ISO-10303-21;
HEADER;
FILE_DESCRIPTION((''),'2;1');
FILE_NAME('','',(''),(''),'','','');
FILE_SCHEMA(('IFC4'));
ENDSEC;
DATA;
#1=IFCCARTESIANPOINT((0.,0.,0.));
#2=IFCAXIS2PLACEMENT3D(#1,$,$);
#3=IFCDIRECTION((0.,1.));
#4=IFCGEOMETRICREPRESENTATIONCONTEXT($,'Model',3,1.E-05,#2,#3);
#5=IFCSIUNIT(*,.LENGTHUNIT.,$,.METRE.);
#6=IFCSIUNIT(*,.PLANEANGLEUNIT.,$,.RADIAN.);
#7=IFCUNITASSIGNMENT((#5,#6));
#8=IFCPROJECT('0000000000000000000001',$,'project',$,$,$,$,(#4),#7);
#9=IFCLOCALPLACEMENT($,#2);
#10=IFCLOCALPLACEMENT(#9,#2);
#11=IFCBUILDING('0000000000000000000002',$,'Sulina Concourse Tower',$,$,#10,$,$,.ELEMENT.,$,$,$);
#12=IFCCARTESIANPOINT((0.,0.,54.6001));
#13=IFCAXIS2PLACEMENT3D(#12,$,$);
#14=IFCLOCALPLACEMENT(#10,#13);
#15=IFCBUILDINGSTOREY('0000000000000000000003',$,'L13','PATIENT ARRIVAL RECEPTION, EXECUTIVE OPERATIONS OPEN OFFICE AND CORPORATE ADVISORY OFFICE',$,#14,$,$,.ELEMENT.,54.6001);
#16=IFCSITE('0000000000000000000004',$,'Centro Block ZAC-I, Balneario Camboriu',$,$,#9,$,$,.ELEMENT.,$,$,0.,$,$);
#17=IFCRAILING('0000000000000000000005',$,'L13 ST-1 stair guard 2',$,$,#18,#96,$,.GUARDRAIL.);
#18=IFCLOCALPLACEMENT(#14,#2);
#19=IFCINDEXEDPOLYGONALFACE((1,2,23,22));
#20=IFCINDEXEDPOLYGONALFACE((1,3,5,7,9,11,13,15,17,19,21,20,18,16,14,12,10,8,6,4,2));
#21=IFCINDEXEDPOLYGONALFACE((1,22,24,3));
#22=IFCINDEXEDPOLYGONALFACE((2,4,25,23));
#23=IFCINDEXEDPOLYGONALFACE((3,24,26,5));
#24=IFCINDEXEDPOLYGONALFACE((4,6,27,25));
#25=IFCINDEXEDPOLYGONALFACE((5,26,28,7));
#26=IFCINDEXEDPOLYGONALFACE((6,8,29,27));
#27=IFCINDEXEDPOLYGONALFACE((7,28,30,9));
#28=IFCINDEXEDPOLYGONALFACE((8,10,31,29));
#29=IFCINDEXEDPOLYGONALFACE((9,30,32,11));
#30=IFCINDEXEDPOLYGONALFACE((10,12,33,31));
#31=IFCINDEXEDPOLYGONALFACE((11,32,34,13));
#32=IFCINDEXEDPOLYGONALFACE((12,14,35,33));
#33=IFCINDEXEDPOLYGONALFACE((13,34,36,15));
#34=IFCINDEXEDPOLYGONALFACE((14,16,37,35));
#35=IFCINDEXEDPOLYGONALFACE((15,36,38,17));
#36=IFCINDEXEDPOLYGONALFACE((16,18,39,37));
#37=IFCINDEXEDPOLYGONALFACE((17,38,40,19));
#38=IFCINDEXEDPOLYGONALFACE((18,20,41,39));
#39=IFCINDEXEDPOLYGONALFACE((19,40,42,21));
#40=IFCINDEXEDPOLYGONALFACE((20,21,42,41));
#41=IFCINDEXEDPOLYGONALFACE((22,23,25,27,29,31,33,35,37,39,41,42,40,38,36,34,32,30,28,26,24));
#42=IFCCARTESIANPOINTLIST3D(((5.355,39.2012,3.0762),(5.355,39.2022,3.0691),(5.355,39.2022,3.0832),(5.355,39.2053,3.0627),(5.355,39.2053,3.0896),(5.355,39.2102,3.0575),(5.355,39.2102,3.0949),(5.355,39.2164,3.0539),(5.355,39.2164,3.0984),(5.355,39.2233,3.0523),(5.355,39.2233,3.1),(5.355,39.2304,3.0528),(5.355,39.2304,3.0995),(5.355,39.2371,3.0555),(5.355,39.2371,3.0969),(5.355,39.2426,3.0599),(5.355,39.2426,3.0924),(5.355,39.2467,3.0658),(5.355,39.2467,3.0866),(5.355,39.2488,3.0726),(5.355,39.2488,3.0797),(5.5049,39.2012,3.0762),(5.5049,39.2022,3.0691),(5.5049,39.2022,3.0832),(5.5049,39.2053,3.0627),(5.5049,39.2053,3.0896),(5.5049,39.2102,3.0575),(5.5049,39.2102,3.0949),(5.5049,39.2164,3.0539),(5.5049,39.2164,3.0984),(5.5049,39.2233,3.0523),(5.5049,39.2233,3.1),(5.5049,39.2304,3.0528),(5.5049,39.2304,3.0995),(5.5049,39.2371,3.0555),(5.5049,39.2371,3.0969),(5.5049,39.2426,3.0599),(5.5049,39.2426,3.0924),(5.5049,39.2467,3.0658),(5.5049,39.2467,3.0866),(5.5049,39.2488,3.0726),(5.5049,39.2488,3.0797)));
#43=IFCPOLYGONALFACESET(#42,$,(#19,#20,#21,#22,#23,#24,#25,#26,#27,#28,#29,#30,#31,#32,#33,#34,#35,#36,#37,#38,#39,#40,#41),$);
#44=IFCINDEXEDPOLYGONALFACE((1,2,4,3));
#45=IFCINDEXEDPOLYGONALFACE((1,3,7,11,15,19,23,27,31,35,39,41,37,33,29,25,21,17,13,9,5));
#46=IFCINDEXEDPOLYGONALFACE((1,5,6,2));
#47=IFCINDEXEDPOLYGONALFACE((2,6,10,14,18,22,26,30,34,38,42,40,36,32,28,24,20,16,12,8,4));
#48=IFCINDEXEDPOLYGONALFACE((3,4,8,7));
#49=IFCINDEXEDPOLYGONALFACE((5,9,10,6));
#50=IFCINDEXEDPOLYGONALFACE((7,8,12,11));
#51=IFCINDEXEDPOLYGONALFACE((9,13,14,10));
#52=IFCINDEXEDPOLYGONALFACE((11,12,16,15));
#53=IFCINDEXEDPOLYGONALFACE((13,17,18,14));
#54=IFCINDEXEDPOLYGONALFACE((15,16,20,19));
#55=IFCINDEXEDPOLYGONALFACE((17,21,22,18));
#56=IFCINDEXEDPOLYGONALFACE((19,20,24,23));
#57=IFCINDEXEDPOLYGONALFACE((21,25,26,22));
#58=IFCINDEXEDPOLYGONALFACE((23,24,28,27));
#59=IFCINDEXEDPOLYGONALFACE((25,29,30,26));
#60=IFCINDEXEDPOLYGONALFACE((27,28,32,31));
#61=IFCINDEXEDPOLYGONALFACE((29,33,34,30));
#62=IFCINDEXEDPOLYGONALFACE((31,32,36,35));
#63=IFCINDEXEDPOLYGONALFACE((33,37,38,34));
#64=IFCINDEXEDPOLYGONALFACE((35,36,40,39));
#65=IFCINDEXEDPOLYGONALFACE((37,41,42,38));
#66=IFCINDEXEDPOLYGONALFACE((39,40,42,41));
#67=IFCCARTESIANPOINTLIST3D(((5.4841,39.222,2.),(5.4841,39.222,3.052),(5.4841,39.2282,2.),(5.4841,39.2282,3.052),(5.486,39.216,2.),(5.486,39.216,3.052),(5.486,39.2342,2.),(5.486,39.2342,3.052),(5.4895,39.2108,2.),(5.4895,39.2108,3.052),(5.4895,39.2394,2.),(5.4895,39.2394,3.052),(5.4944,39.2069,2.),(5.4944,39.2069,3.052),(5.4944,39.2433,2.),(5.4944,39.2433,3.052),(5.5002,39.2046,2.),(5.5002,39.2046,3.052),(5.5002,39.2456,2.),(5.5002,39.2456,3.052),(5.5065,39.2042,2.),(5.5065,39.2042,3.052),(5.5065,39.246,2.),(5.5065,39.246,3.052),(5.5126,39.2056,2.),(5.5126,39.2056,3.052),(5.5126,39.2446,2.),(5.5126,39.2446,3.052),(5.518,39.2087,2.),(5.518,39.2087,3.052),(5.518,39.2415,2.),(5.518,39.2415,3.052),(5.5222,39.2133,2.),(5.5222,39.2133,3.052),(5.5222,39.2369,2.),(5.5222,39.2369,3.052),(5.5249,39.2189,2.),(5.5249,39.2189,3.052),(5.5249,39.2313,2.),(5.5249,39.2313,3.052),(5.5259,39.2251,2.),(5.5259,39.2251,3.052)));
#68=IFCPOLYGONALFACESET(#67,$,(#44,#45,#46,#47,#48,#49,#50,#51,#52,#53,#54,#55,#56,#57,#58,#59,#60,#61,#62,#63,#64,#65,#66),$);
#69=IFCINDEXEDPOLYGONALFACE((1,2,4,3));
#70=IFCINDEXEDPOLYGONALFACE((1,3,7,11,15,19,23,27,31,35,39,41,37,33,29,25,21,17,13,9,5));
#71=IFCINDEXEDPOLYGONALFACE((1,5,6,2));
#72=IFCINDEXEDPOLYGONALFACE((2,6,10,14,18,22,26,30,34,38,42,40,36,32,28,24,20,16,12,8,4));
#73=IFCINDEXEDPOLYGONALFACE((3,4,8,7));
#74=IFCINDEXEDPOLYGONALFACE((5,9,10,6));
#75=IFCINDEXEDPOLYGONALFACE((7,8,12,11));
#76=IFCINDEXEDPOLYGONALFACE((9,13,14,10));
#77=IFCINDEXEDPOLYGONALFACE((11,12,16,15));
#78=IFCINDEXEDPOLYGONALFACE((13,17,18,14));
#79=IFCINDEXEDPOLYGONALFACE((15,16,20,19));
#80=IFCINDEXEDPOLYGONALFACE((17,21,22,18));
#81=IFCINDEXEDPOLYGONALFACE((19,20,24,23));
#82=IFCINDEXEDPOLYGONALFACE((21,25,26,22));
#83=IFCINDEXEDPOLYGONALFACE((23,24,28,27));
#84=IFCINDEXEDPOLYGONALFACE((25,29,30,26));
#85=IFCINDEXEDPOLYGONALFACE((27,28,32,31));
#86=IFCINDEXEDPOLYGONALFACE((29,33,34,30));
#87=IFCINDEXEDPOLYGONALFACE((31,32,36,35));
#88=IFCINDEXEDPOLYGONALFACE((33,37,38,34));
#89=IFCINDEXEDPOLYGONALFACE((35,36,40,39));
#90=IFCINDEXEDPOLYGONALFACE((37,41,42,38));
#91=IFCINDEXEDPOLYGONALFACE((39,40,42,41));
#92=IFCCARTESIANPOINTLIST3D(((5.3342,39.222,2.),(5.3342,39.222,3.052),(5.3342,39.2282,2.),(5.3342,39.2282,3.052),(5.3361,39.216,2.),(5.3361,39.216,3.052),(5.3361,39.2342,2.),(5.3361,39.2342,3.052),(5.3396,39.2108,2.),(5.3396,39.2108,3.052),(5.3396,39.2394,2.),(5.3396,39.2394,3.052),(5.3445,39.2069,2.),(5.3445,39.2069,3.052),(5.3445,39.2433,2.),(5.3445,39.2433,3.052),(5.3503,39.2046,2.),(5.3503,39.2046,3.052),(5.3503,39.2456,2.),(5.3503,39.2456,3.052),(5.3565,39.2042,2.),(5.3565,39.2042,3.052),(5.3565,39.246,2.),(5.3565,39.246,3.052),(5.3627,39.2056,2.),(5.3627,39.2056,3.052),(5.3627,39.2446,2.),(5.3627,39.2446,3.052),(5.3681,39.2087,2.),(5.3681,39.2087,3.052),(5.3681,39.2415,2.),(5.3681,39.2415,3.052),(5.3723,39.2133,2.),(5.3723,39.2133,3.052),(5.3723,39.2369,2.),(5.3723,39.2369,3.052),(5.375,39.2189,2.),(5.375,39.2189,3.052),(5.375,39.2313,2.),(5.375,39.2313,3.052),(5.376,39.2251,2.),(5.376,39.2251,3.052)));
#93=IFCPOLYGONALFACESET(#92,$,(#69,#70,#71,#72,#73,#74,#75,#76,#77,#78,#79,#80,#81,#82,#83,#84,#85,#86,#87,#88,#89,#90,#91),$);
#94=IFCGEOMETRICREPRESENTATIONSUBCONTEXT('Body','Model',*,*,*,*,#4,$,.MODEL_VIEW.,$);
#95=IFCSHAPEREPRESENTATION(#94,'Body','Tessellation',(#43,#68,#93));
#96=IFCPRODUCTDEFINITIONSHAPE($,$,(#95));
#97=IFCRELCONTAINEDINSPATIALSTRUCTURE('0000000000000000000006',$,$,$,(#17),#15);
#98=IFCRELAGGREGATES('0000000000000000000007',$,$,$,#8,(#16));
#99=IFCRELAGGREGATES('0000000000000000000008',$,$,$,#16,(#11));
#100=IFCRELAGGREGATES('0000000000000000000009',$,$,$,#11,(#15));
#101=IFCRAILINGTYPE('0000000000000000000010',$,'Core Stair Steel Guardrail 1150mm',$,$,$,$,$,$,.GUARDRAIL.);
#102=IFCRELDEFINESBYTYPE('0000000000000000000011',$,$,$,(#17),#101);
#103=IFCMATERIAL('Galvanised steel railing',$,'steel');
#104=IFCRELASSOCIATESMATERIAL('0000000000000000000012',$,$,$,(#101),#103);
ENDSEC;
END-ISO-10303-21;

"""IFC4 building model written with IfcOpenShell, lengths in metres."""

from ifc_helpers import new_model, si_unit, direction, frame, origin, origin_2d, place, context, subcontext, project, spatial, circle, extrude, material, type_object, element, save


model = new_model("IFC4")

# Units and contexts
model_context = context("Model", 3, precision=1e-05, world=origin(), true_north=direction((0.0, 1.0)))
body_context = subcontext(model_context, "Body", "Model", "MODEL_VIEW")
ifc_project = project(units=[si_unit("LENGTHUNIT", "METRE"), si_unit("PLANEANGLEUNIT", "RADIAN")], contexts=[model_context])

# Site, building, storey
site_placement = place(None, origin())
site = spatial("IfcSite", under=ifc_project, at=site_placement, Name="Centro Block ZAC-I, Balneario Camboriu", CompositionType="ELEMENT", RefElevation=0.0)
building_placement = place(site_placement, origin())
building = spatial("IfcBuilding", under=site, at=building_placement, Name="Sulina Concourse Tower", CompositionType="ELEMENT")
storey_placement = place(building_placement, frame((0.0, 0.0, 54.6001)))
storey = spatial("IfcBuildingStorey", under=building, at=storey_placement, Name="L13", Description="PATIENT ARRIVAL RECEPTION, EXECUTIVE OPERATIONS OPEN OFFICE AND CORPORATE ADVISORY OFFICE", CompositionType="ELEMENT", Elevation=54.6001)

# Railing
ifc_material_1 = material(Name="Galvanised steel railing", Category="steel")
railing_type_1 = type_object("IfcRailingType", Name="Core Stair Steel Guardrail 1150mm", PredefinedType="GUARDRAIL", material=ifc_material_1)
railing_1_placement = place(storey_placement, frame((5.5049, 39.2251, 2.0)))
element("IfcRailing", 1, at=railing_1_placement, inside=storey, type_object=railing_type_1, Name="L13 ST-1 stair guard 2", PredefinedType="GUARDRAIL", context=body_context, shape_type="SweptSolid", body=[
    extrude(circle(Radius=0.0239, at=origin_2d()), frame((0.0, 0.0, 1.0762), z_axis=(-1.0, 0.0, 0.0), x_axis=(0.0, -1.0, 0.0)), (0.0, 0.0, 1.0), 0.1499),
    extrude(circle(Radius=0.021, at=origin_2d()), origin(), (0.0, 0.0, 1.0), 1.052),
    extrude(circle(Radius=0.021, at=origin_2d()), frame((-0.1499, 0.0, 0.0)), (0.0, 0.0, 1.0), 1.052),
])

save(model, "model.ifc")
